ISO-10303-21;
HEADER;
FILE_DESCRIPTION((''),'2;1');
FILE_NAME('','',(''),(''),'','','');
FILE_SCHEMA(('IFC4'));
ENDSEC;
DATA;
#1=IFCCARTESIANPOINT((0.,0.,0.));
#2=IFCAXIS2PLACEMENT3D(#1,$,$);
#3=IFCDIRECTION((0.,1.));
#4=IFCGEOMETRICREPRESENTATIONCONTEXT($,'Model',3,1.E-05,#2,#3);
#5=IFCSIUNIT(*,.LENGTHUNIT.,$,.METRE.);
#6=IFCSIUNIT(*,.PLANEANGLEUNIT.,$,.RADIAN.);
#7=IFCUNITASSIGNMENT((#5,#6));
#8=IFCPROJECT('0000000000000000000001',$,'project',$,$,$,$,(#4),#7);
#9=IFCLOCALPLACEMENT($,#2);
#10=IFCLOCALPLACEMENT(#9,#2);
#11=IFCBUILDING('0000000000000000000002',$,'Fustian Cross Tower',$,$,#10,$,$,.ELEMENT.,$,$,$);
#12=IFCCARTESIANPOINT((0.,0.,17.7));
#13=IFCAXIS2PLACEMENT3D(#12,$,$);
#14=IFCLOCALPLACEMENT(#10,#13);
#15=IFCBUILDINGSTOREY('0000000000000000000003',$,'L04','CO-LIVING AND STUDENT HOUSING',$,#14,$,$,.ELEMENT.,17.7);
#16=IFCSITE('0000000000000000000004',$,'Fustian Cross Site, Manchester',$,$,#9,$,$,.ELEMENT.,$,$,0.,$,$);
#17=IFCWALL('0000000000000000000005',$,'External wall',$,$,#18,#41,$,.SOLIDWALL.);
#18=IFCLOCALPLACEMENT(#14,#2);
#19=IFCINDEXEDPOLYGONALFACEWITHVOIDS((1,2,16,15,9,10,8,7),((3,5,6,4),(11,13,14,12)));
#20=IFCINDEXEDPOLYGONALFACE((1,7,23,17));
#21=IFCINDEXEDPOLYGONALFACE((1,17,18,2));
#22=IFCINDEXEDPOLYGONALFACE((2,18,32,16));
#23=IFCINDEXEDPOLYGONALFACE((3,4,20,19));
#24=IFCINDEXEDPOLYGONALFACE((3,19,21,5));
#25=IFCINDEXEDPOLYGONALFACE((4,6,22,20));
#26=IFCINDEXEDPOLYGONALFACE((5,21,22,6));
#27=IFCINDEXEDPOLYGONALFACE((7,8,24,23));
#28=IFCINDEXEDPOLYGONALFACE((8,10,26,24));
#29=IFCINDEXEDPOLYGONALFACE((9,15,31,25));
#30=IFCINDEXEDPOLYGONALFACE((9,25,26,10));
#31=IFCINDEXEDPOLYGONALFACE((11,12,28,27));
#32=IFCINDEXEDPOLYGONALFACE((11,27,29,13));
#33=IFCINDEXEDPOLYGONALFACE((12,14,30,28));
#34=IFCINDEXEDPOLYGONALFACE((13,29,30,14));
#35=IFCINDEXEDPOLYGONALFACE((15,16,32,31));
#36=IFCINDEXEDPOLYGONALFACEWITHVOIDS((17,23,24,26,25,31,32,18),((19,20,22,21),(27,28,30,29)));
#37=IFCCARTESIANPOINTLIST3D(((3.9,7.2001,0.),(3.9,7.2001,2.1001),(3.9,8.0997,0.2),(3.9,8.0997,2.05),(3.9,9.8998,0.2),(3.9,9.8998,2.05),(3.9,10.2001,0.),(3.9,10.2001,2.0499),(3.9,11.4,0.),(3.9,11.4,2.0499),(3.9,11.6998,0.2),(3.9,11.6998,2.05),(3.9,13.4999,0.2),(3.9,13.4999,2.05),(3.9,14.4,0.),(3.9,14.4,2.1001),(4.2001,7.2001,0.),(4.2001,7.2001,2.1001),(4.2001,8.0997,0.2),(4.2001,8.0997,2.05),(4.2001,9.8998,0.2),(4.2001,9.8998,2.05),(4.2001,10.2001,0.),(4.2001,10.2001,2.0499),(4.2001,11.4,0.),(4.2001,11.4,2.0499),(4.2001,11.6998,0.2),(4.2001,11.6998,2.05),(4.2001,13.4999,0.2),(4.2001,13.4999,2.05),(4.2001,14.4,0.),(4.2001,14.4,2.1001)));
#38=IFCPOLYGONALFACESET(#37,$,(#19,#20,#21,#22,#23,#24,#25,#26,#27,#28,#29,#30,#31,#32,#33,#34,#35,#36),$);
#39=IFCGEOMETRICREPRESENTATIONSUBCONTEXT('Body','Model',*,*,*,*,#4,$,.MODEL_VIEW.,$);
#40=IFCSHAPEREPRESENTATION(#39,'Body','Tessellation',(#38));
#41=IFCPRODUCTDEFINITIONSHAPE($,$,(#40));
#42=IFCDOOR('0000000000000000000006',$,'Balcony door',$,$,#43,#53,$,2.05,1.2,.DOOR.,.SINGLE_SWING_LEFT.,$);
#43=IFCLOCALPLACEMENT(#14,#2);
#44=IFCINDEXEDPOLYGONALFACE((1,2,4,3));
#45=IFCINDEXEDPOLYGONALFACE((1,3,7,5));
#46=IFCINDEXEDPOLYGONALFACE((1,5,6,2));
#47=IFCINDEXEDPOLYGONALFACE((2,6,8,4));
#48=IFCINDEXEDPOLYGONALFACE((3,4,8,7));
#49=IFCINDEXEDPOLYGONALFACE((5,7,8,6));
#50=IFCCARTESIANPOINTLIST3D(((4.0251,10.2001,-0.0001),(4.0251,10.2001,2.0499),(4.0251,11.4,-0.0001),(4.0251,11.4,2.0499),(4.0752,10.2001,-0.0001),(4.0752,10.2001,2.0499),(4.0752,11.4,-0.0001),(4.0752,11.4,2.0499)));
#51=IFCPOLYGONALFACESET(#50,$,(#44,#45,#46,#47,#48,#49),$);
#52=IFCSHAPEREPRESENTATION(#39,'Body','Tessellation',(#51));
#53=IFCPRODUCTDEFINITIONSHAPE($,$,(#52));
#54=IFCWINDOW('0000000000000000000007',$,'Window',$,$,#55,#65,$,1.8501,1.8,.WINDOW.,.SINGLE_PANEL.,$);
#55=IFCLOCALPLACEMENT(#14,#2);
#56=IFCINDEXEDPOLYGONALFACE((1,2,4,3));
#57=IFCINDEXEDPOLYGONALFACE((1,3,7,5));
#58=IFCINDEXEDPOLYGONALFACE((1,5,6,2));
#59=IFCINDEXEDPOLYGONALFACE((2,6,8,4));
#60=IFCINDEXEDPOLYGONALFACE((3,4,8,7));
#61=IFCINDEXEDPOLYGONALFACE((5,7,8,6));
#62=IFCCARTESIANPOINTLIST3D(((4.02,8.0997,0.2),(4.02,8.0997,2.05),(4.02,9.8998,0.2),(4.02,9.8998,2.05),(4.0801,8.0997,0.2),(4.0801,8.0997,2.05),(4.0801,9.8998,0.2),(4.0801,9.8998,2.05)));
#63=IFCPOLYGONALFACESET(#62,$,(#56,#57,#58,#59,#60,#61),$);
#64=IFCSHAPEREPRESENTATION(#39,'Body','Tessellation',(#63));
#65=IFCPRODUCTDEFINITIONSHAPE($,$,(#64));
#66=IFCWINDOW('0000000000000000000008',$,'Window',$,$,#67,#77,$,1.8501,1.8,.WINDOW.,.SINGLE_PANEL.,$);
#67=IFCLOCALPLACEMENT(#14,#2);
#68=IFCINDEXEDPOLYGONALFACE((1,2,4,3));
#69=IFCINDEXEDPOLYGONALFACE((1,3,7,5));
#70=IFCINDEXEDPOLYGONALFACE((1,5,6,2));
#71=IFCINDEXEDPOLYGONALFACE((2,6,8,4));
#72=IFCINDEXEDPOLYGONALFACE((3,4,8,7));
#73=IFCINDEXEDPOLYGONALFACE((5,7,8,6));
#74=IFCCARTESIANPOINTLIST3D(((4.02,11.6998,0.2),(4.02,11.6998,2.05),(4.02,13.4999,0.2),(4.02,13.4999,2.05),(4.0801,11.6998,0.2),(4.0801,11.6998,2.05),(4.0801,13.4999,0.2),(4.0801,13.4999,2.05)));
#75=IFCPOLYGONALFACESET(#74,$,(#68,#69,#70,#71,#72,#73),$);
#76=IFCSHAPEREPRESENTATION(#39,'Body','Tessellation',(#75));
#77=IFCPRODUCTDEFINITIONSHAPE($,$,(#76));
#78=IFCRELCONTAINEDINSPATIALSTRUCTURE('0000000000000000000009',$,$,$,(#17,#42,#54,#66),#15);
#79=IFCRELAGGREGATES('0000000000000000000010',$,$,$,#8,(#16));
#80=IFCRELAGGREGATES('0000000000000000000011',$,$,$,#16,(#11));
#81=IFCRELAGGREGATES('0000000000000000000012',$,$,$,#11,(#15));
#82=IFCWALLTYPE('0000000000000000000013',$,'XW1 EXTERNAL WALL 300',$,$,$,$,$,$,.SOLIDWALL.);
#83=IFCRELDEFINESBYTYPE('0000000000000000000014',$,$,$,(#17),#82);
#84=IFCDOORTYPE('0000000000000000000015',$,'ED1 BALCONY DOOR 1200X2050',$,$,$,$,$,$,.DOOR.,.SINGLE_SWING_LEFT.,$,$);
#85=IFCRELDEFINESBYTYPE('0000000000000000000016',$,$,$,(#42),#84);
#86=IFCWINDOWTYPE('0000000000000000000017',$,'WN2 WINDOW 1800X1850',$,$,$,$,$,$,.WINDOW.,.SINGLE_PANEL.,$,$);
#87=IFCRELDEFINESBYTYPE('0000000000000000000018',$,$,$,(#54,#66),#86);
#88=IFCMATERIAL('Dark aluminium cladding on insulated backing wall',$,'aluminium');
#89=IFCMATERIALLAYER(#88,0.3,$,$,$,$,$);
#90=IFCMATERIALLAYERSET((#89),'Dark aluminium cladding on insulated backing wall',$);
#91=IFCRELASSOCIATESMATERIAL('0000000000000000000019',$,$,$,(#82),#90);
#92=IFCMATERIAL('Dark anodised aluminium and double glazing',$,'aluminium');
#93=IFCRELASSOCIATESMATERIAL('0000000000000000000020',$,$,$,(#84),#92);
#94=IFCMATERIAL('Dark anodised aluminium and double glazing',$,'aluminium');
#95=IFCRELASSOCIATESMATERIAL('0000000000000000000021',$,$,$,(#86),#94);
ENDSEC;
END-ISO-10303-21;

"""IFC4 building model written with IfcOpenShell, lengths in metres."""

from ifc_helpers import new_model, si_unit, direction, frame, frame_2d, origin, place, context, subcontext, project, spatial, rectangle, extrude, material, layer, layer_set, type_object, element, fill, save


model = new_model("IFC4")

# Units and contexts
model_context = context("Model", 3, precision=1e-05, world=origin(), true_north=direction((0.0, 1.0)))
body_context = subcontext(model_context, "Body", "Model", "MODEL_VIEW")
ifc_project = project(units=[si_unit("LENGTHUNIT", "METRE"), si_unit("PLANEANGLEUNIT", "RADIAN")], contexts=[model_context])

# Site, building, storey
site_placement = place(None, origin())
site = spatial("IfcSite", under=ifc_project, at=site_placement, Name="Fustian Cross Site, Manchester", CompositionType="ELEMENT", RefElevation=0.0)
building_placement = place(site_placement, origin())
building = spatial("IfcBuilding", under=site, at=building_placement, Name="Fustian Cross Tower", CompositionType="ELEMENT")
storey_placement = place(building_placement, frame((0.0, 0.0, 17.7)))
storey = spatial("IfcBuildingStorey", under=building, at=storey_placement, Name="L04", Description="CO-LIVING AND STUDENT HOUSING", CompositionType="ELEMENT", Elevation=17.7)

# Wall, openings, door, windows
ifc_material_1 = material(Name="Dark aluminium cladding on insulated backing wall", Category="aluminium")
ifc_layer_1 = layer(ifc_material_1, 0.3)
ifc_layer_set_1 = layer_set([ifc_layer_1], Name="Dark aluminium cladding on insulated backing wall")
wall_type_1 = type_object("IfcWallType", Name="XW1 EXTERNAL WALL 300", PredefinedType="SOLIDWALL", material=ifc_layer_set_1)
wall_1_placement = place(storey_placement, frame((4.05, 7.2, 0.0), z_axis=(0.0, 0.0, 1.0), x_axis=(0.0, 1.0, 0.0)))
wall_1 = element("IfcWall", 1, at=wall_1_placement, inside=storey, type_object=wall_type_1, Name="External wall", PredefinedType="SOLIDWALL", context=body_context, shape_type="SweptSolid", body=[
    extrude(rectangle(XDim=7.2, YDim=0.3, at=frame_2d((3.6001, 0.0))), origin(), (0.0, 0.0, 1.0), 2.1001),
])
opening_1_placement = place(wall_1_placement, frame((3.0, 0.0, 0.0)))
opening_1 = element("IfcOpeningElement", 2, at=opening_1_placement, cuts=wall_1, PredefinedType="OPENING", context=body_context, shape_type="SweptSolid", body=[
    extrude(rectangle(XDim=1.2, YDim=2.05, at=frame_2d((0.6001, 1.0249))), frame((0.0, 0.1599, 0.0), z_axis=(0.0, -1.0, 0.0), x_axis=(1.0, 0.0, 0.0)), (0.0, 0.0, 1.0), 0.3201),
])
opening_2_placement = place(wall_1_placement, frame((0.8999, 0.0, 0.2)))
opening_2 = element("IfcOpeningElement", 3, at=opening_2_placement, cuts=wall_1, PredefinedType="OPENING", context=body_context, shape_type="SweptSolid", body=[
    extrude(rectangle(XDim=1.8, YDim=1.8501, at=frame_2d((0.8999, 0.925))), frame((0.0, 0.1599, 0.0), z_axis=(0.0, -1.0, 0.0), x_axis=(1.0, 0.0, 0.0)), (0.0, 0.0, 1.0), 0.3201),
])
opening_3_placement = place(wall_1_placement, frame((4.5, 0.0, 0.2)))
opening_3 = element("IfcOpeningElement", 4, at=opening_3_placement, cuts=wall_1, PredefinedType="OPENING", context=body_context, shape_type="SweptSolid", body=[
    extrude(rectangle(XDim=1.8, YDim=1.8501, at=frame_2d((0.8999, 0.925))), frame((0.0, 0.1599, 0.0), z_axis=(0.0, -1.0, 0.0), x_axis=(1.0, 0.0, 0.0)), (0.0, 0.0, 1.0), 0.3201),
])
ifc_material_2 = material(Name="Dark anodised aluminium and double glazing", Category="aluminium")
door_type_1 = type_object("IfcDoorType", Name="ED1 BALCONY DOOR 1200X2050", OperationType="SINGLE_SWING_LEFT", PredefinedType="DOOR", material=ifc_material_2)
door_1_placement = place(opening_1_placement, origin())
door_1 = element("IfcDoor", 5, at=door_1_placement, inside=storey, type_object=door_type_1, Name="Balcony door", OperationType="SINGLE_SWING_LEFT", OverallHeight=2.05, OverallWidth=1.2, PredefinedType="DOOR", context=body_context, shape_type="SweptSolid", body=[
    extrude(rectangle(XDim=1.2, YDim=2.05, at=frame_2d((0.6001, 1.0249))), frame((0.0, 0.0249, 0.0), z_axis=(0.0, -1.0, 0.0), x_axis=(1.0, 0.0, 0.0)), (0.0, 0.0, 1.0), 0.05),
])
fill(opening_1, door_1)
ifc_material_3 = material(Name="Dark anodised aluminium and double glazing", Category="aluminium")
window_type = type_object("IfcWindowType", Name="WN2 WINDOW 1800X1850", PartitioningType="SINGLE_PANEL", PredefinedType="WINDOW", material=ifc_material_3)
window_1_placement = place(opening_2_placement, origin())
window_1 = element("IfcWindow", 6, at=window_1_placement, inside=storey, type_object=window_type, Name="Window", OverallHeight=1.8501, OverallWidth=1.8, PartitioningType="SINGLE_PANEL", PredefinedType="WINDOW", context=body_context, shape_type="SweptSolid", body=[
    extrude(rectangle(XDim=1.8, YDim=1.8501, at=frame_2d((0.8999, 0.925))), frame((0.0, 0.03, 0.0), z_axis=(0.0, -1.0, 0.0), x_axis=(1.0, 0.0, 0.0)), (0.0, 0.0, 1.0), 0.0601),
])
fill(opening_2, window_1)
window_2_placement = place(opening_3_placement, origin())
window_2 = element("IfcWindow", 7, at=window_2_placement, inside=storey, type_object=window_type, Name="Window", OverallHeight=1.8501, OverallWidth=1.8, PartitioningType="SINGLE_PANEL", PredefinedType="WINDOW", context=body_context, shape_type="SweptSolid", body=[
    extrude(rectangle(XDim=1.8, YDim=1.8501, at=frame_2d((0.8999, 0.925))), frame((0.0, 0.03, 0.0), z_axis=(0.0, -1.0, 0.0), x_axis=(1.0, 0.0, 0.0)), (0.0, 0.0, 1.0), 0.0601),
])
fill(opening_3, window_2)

save(model, "model.ifc")
